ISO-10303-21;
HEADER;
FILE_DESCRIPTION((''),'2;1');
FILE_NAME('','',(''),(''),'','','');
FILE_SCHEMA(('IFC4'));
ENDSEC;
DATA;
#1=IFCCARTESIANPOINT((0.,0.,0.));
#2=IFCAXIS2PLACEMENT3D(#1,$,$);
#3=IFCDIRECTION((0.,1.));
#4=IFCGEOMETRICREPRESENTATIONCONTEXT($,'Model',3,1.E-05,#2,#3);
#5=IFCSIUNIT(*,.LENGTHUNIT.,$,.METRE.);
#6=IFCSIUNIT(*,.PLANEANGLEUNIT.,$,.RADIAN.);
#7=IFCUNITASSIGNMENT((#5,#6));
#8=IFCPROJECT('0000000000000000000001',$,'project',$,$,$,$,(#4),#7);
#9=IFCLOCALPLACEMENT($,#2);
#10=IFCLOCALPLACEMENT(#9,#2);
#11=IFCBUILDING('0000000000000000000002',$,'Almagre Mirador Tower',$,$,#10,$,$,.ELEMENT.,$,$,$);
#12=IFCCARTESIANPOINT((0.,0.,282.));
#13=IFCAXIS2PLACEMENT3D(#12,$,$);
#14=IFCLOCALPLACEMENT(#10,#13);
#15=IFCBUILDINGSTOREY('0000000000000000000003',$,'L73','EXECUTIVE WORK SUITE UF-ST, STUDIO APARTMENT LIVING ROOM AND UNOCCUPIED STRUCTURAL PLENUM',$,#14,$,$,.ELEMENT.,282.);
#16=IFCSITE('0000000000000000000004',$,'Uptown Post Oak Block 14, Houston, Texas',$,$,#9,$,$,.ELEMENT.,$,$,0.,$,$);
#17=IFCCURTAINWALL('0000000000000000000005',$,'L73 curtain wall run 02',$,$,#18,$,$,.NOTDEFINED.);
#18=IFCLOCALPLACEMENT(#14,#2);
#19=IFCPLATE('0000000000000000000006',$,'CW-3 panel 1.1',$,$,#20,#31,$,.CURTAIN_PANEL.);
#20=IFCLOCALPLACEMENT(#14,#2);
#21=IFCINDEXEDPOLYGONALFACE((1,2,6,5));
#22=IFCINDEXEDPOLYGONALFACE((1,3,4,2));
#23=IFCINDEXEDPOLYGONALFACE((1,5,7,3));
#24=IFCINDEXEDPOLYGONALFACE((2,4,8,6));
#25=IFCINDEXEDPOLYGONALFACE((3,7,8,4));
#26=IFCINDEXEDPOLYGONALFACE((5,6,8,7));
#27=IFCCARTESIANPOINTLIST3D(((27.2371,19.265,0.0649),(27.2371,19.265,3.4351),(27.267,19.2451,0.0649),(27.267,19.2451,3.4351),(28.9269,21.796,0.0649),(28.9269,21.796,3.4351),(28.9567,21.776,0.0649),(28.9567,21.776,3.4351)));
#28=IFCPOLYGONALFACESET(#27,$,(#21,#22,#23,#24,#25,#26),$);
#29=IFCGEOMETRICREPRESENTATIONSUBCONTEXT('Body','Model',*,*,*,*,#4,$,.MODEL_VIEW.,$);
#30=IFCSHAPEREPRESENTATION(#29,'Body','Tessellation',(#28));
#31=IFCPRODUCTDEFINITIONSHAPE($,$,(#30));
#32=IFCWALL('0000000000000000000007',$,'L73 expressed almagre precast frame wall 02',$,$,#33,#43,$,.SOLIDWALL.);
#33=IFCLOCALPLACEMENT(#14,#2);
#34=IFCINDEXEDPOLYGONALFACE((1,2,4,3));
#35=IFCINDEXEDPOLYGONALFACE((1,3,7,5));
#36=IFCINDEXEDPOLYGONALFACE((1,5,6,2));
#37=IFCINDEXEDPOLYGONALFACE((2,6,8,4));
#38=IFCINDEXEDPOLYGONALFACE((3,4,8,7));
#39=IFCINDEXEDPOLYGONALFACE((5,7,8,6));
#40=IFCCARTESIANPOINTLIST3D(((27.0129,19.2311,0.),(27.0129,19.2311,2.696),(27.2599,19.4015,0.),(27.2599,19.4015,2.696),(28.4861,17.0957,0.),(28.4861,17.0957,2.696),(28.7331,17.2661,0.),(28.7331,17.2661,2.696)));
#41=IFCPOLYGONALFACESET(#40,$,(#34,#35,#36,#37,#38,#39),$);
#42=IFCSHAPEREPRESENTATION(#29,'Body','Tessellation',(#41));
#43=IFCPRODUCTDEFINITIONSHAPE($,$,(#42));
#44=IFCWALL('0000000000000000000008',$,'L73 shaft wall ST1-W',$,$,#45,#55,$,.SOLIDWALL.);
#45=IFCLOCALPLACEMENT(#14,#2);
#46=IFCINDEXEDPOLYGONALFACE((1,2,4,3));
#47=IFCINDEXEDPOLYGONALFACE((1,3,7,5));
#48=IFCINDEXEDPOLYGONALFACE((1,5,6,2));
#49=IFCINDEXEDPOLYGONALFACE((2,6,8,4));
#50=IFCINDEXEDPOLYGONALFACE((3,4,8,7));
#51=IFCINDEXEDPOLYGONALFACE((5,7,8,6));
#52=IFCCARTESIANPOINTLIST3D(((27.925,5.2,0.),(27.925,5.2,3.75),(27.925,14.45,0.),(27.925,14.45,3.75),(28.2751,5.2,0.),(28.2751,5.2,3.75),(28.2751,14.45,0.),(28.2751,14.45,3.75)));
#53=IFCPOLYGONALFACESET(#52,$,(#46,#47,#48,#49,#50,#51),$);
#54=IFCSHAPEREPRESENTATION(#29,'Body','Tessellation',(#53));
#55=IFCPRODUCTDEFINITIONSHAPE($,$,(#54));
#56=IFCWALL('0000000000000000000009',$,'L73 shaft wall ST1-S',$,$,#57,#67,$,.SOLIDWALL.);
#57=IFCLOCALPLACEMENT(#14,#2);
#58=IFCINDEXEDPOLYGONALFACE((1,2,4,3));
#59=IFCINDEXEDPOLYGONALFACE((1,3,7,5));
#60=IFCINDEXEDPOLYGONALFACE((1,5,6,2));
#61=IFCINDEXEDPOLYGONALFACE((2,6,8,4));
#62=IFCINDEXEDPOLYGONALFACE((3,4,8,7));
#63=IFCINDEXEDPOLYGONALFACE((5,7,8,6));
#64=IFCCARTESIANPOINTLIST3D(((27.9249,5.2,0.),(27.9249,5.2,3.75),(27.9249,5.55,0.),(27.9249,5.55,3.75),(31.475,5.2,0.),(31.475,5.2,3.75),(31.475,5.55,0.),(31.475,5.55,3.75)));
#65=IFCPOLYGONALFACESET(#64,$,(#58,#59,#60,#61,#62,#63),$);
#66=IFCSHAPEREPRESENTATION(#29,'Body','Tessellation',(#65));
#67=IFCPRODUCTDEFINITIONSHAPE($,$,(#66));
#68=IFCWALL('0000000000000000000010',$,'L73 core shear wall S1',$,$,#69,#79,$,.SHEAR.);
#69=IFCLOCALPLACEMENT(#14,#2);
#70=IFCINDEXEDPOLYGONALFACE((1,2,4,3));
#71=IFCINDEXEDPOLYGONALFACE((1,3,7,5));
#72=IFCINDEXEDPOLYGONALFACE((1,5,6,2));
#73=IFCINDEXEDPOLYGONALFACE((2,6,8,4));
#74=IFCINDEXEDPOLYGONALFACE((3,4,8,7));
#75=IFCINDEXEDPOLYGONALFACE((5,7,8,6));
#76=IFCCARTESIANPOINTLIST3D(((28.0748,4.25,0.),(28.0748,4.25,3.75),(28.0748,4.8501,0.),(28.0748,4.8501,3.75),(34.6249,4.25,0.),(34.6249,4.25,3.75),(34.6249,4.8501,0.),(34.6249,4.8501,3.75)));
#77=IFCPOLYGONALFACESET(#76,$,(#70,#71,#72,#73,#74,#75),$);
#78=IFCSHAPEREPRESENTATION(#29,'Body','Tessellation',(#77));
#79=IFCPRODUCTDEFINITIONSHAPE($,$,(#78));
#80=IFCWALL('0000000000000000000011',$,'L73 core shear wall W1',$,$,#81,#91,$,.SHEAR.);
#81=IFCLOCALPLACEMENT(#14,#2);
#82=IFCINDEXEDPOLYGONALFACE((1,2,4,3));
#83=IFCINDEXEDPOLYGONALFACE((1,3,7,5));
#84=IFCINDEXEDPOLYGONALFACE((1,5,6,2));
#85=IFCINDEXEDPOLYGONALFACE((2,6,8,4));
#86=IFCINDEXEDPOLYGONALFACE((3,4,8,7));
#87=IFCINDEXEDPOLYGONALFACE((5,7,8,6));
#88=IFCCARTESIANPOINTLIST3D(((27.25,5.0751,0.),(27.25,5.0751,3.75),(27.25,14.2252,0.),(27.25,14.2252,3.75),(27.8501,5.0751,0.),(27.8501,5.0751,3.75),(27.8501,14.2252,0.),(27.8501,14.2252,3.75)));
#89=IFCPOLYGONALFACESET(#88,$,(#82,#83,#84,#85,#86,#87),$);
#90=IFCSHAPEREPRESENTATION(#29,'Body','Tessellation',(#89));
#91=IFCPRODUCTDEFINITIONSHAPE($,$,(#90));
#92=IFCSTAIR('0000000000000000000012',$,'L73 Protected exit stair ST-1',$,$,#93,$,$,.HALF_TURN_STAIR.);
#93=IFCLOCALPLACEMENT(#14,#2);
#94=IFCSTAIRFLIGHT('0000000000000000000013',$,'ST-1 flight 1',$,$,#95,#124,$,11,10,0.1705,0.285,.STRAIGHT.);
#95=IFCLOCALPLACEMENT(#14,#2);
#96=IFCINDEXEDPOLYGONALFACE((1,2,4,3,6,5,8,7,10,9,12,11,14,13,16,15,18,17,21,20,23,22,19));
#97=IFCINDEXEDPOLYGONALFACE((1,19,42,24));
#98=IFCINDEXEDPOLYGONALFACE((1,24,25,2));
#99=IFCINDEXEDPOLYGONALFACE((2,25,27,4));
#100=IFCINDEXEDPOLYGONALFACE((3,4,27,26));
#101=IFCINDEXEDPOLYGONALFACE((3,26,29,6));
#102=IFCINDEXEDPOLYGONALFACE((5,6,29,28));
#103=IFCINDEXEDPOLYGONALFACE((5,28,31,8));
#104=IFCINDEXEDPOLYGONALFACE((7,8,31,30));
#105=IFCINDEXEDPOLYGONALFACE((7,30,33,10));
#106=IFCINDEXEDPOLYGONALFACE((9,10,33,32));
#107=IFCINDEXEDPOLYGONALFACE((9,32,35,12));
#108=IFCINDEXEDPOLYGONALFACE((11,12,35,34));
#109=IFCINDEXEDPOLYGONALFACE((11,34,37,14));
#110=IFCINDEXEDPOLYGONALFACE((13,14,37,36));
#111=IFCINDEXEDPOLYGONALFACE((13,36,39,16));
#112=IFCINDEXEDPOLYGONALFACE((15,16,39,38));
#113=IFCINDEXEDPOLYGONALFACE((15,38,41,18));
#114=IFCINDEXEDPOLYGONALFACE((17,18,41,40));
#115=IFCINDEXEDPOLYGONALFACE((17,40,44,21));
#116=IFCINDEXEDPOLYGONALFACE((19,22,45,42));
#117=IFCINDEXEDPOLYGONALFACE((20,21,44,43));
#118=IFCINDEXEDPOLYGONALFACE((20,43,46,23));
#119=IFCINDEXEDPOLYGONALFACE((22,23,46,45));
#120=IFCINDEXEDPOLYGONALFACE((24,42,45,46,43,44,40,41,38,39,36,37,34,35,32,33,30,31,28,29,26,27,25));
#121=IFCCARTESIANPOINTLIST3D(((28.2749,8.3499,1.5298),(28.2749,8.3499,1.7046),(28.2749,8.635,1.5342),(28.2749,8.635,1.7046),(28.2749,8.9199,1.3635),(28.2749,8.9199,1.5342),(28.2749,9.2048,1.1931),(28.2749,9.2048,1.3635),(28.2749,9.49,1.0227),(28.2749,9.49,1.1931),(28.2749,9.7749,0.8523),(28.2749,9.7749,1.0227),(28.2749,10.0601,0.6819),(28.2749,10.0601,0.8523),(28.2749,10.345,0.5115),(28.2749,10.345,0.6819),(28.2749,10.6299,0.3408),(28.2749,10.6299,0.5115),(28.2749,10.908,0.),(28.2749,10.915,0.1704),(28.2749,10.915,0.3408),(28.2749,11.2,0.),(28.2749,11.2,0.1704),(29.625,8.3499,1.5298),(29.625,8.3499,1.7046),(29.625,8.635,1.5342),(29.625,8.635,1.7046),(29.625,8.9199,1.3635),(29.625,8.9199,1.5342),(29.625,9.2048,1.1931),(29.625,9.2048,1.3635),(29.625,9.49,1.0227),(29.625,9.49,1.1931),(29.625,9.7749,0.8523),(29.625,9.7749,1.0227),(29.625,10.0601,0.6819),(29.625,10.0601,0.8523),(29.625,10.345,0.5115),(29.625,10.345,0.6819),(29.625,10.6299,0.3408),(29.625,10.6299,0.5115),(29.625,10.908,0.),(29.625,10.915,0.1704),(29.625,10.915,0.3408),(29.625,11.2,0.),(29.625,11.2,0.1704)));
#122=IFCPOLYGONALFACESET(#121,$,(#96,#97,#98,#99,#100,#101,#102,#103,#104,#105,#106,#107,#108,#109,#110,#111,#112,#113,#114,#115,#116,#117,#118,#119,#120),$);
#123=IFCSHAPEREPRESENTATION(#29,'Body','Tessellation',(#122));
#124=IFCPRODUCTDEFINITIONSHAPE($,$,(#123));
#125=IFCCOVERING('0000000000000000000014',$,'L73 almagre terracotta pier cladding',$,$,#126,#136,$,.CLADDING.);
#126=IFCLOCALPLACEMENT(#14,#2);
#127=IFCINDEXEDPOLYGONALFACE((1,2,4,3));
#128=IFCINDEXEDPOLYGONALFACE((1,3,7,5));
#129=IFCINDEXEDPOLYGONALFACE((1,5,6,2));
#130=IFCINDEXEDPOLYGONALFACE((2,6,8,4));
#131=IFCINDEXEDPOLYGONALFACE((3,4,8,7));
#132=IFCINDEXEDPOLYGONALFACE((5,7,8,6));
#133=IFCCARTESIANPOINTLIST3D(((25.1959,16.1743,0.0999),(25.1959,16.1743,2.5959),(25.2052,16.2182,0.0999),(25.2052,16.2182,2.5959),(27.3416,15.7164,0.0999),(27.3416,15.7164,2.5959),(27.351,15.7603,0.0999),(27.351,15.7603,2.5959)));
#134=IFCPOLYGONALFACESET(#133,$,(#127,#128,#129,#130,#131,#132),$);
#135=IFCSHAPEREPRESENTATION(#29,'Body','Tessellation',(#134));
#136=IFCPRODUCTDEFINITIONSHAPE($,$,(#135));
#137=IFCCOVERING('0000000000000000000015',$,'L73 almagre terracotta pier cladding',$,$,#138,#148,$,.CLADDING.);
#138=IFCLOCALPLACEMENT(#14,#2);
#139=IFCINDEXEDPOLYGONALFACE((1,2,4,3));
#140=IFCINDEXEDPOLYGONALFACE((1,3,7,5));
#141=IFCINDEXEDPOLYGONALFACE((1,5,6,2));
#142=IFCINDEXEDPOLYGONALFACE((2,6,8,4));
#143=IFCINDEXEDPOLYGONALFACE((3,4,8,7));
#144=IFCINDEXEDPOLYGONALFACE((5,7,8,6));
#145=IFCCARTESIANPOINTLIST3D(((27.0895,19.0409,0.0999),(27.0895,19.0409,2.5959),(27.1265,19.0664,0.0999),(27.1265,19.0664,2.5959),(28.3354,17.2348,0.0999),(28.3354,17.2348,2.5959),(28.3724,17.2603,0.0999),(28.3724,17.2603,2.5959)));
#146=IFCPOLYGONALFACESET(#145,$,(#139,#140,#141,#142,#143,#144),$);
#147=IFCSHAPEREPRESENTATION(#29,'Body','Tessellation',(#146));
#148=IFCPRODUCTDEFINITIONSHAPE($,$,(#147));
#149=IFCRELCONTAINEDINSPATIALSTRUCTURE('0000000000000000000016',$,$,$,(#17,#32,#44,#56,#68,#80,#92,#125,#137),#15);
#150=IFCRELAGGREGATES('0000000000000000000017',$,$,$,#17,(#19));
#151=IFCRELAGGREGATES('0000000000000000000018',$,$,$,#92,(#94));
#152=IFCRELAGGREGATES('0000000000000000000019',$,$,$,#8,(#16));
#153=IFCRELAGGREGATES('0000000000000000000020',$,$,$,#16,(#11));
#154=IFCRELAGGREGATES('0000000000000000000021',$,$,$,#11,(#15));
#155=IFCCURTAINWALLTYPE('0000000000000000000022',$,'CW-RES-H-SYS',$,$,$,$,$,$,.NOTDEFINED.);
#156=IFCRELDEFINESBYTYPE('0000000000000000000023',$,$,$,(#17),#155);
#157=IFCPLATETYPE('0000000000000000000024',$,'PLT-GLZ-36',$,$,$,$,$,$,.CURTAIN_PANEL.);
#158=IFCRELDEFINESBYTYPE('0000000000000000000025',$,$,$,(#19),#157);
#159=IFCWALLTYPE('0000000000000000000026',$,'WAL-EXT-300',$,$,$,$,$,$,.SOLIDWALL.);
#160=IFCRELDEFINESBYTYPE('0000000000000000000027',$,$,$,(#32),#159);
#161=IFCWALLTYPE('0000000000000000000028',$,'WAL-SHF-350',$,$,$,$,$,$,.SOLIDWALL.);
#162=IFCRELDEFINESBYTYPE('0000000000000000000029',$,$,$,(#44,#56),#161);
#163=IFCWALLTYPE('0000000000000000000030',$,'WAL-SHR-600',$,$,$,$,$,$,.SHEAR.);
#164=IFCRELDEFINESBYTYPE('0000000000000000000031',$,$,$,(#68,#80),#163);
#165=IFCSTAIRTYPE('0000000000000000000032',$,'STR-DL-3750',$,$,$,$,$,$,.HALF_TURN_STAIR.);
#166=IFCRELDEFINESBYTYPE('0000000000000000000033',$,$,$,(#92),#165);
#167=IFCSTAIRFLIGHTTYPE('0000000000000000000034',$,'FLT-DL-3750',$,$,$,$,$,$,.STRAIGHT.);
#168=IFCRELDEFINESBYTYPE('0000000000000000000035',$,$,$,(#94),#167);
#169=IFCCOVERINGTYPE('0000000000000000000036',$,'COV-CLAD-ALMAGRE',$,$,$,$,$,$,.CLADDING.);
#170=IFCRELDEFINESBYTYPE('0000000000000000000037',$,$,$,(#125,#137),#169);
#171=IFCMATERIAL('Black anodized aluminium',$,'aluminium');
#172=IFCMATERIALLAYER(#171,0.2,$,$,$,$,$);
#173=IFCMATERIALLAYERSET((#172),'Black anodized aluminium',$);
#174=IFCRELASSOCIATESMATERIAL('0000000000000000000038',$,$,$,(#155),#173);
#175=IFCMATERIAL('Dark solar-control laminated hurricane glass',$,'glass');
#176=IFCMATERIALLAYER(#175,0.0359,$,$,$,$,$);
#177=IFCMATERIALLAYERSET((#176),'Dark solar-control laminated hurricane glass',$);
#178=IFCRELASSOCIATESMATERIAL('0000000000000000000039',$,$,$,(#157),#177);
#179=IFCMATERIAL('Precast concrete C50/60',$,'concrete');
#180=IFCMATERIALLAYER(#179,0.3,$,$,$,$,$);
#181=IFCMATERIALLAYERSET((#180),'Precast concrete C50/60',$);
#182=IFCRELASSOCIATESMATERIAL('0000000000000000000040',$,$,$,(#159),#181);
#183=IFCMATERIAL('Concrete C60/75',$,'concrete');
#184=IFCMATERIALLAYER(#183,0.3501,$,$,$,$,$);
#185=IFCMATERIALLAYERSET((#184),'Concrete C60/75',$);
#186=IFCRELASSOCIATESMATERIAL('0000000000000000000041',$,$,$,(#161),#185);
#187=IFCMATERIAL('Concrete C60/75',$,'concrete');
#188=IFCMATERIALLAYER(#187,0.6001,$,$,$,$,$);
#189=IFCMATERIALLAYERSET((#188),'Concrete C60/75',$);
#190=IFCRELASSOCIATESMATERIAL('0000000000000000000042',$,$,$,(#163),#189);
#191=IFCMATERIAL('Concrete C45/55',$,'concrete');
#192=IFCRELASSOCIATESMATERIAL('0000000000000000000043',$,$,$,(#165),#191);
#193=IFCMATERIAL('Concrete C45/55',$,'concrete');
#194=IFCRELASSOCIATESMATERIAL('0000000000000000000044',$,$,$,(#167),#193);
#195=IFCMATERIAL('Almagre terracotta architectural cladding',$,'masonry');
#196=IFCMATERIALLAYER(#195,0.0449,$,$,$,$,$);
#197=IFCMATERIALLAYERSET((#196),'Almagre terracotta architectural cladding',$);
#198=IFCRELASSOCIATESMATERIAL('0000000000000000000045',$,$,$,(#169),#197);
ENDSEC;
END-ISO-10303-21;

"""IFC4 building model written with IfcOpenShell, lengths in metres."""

from ifc_helpers import new_model, si_unit, direction, frame, frame_2d, origin, origin_2d, place, context, subcontext, project, spatial, polyline, rectangle, outline, extrude, material, layer, layer_set, type_object, element, aggregate, save


model = new_model("IFC4")

# Units and contexts
model_context = context("Model", 3, precision=1e-05, world=origin(), true_north=direction((0.0, 1.0)))
body_context = subcontext(model_context, "Body", "Model", "MODEL_VIEW")
ifc_project = project(units=[si_unit("LENGTHUNIT", "METRE"), si_unit("PLANEANGLEUNIT", "RADIAN")], contexts=[model_context])

# Site, building, storey
site_placement = place(None, origin())
site = spatial("IfcSite", under=ifc_project, at=site_placement, Name="Uptown Post Oak Block 14, Houston, Texas", CompositionType="ELEMENT", RefElevation=0.0)
building_placement = place(site_placement, origin())
building = spatial("IfcBuilding", under=site, at=building_placement, Name="Almagre Mirador Tower", CompositionType="ELEMENT")
storey_placement = place(building_placement, frame((0.0, 0.0, 282.0)))
storey = spatial("IfcBuildingStorey", under=building, at=storey_placement, Name="L73", Description="EXECUTIVE WORK SUITE UF-ST, STUDIO APARTMENT LIVING ROOM AND UNOCCUPIED STRUCTURAL PLENUM", CompositionType="ELEMENT", Elevation=282.0)

# Curtain wall
ifc_material_1 = material(Name="Black anodized aluminium", Category="aluminium")
ifc_layer_1 = layer(ifc_material_1, 0.2)
ifc_layer_set_1 = layer_set([ifc_layer_1], Name="Black anodized aluminium")
curtain_wall_type_1 = type_object("IfcCurtainWallType", Name="CW-RES-H-SYS", PredefinedType="NOTDEFINED", material=ifc_layer_set_1)
curtain_wall_1_placement = place(storey_placement, origin())
curtain_wall_1 = element("IfcCurtainWall", 1, at=curtain_wall_1_placement, inside=storey, type_object=curtain_wall_type_1, Name="L73 curtain wall run 02", PredefinedType="NOTDEFINED")

# Plate
ifc_material_2 = material(Name="Dark solar-control laminated hurricane glass", Category="glass")
ifc_layer_2 = layer(ifc_material_2, 0.0359)
ifc_layer_set_2 = layer_set([ifc_layer_2], Name="Dark solar-control laminated hurricane glass")
plate_type_1 = type_object("IfcPlateType", Name="PLT-GLZ-36", PredefinedType="CURTAIN_PANEL", material=ifc_layer_set_2)
plate_1_placement = place(storey_placement, frame((28.0969, 20.5205, 0.0649), z_axis=(0.0, 0.0, 1.0), x_axis=(0.555255, 0.83168, 0.0)))
plate_1 = element("IfcPlate", 2, at=plate_1_placement, type_object=plate_type_1, Name="CW-3 panel 1.1", PredefinedType="CURTAIN_PANEL", context=body_context, shape_type="SweptSolid", body=[
    extrude(rectangle(XDim=3.0432, YDim=0.0359, at=origin_2d()), origin(), (0.0, 0.0, 1.0), 3.3701),
])
aggregate(curtain_wall_1, [plate_1])

# Walls
ifc_material_3 = material(Name="Precast concrete C50/60", Category="concrete")
ifc_layer_3 = layer(ifc_material_3, 0.3)
ifc_layer_set_3 = layer_set([ifc_layer_3], Name="Precast concrete C50/60")
wall_type_1 = type_object("IfcWallType", Name="WAL-EXT-300", PredefinedType="SOLIDWALL", material=ifc_layer_set_3)
wall_1_placement = place(storey_placement, frame((28.6096, 17.1809, 0.0), z_axis=(0.0, 0.0, 1.0), x_axis=(-0.567878, 0.823113, 0.0)))
element("IfcWall", 3, at=wall_1_placement, inside=storey, type_object=wall_type_1, Name="L73 expressed almagre precast frame wall 02", PredefinedType="SOLIDWALL", context=body_context, shape_type="SweptSolid", body=[
    extrude(rectangle(XDim=2.5942, YDim=0.3, at=frame_2d((1.2971, 0.0))), origin(), (0.0, 0.0, 1.0), 2.696),
])
ifc_material_4 = material(Name="Concrete C60/75", Category="concrete")
ifc_layer_4 = layer(ifc_material_4, 0.3501)
ifc_layer_set_4 = layer_set([ifc_layer_4], Name="Concrete C60/75")
wall_type_2 = type_object("IfcWallType", Name="WAL-SHF-350", PredefinedType="SOLIDWALL", material=ifc_layer_set_4)
wall_2_placement = place(storey_placement, frame((28.1001, 5.2, 0.0), z_axis=(0.0, 0.0, 1.0), x_axis=(0.0, 1.0, 0.0)))
element("IfcWall", 4, at=wall_2_placement, inside=storey, type_object=wall_type_2, Name="L73 shaft wall ST1-W", PredefinedType="SOLIDWALL", context=body_context, shape_type="SweptSolid", body=[
    extrude(rectangle(XDim=9.25, YDim=0.3501, at=frame_2d((4.625, 0.0))), origin(), (0.0, 0.0, 1.0), 3.75),
])
wall_3_placement = place(storey_placement, frame((27.925, 5.375, 0.0), z_axis=(0.0, 0.0, 1.0), x_axis=(1.0, 0.0, 0.0)))
element("IfcWall", 5, at=wall_3_placement, inside=storey, type_object=wall_type_2, Name="L73 shaft wall ST1-S", PredefinedType="SOLIDWALL", context=body_context, shape_type="SweptSolid", body=[
    extrude(rectangle(XDim=3.55, YDim=0.3501, at=frame_2d((1.7749, 0.0))), origin(), (0.0, 0.0, 1.0), 3.75),
])
ifc_material_5 = material(Name="Concrete C60/75", Category="concrete")
ifc_layer_5 = layer(ifc_material_5, 0.6001)
ifc_layer_set_5 = layer_set([ifc_layer_5], Name="Concrete C60/75")
wall_type_3 = type_object("IfcWallType", Name="WAL-SHR-600", PredefinedType="SHEAR", material=ifc_layer_set_5)
wall_4_placement = place(storey_placement, frame((28.075, 4.55, 0.0), z_axis=(0.0, 0.0, 1.0), x_axis=(1.0, 0.0, 0.0)))
element("IfcWall", 6, at=wall_4_placement, inside=storey, type_object=wall_type_3, Name="L73 core shear wall S1", PredefinedType="SHEAR", context=body_context, shape_type="SweptSolid", body=[
    extrude(rectangle(XDim=6.55, YDim=0.6001, at=frame_2d((3.2749, 0.0))), origin(), (0.0, 0.0, 1.0), 3.75),
])

# Wall
wall_5_placement = place(storey_placement, frame((27.55, 5.075, 0.0), z_axis=(0.0, 0.0, 1.0), x_axis=(0.0, 1.0, 0.0)))
element("IfcWall", 7, at=wall_5_placement, inside=storey, type_object=wall_type_3, Name="L73 core shear wall W1", PredefinedType="SHEAR", context=body_context, shape_type="SweptSolid", body=[
    extrude(rectangle(XDim=9.1501, YDim=0.6001, at=frame_2d((4.5752, 0.0))), origin(), (0.0, 0.0, 1.0), 3.75),
])

# Stair, stair flight
ifc_material_6 = material(Name="Concrete C45/55", Category="concrete")
stair_type = type_object("IfcStairType", Name="STR-DL-3750", PredefinedType="HALF_TURN_STAIR", material=ifc_material_6)
stair_placement = place(storey_placement, origin())
stair = element("IfcStair", 8, at=stair_placement, inside=storey, type_object=stair_type, Name="L73 Protected exit stair ST-1", PredefinedType="HALF_TURN_STAIR")
ifc_material_7 = material(Name="Concrete C45/55", Category="concrete")
stair_flight_type = type_object("IfcStairFlightType", Name="FLT-DL-3750", PredefinedType="STRAIGHT", material=ifc_material_7)
stair_flight_placement = place(storey_placement, frame((28.95, 11.2, 0.0), z_axis=(0.0, 0.0, 1.0), x_axis=(0.0, -1.0, 0.0)))
stair_flight = element("IfcStairFlight", 9, at=stair_flight_placement, type_object=stair_flight_type, Name="ST-1 flight 1", NumberOfRisers=11, NumberOfTreads=10, PredefinedType="STRAIGHT", RiserHeight=0.1705, TreadLength=0.285, context=body_context, shape_type="SweptSolid", body=[
    extrude(outline(polyline([(0.0, 0.0), (0.0, 0.1704), (0.2849, 0.1704), (0.2849, 0.3408), (0.5701, 0.3408), (0.5701, 0.5115), (0.855, 0.5115), (0.855, 0.6819), (1.1399, 0.6819), (1.1399, 0.8523), (1.425, 0.8523), (1.425, 1.0227), (1.71, 1.0227), (1.71, 1.1931), (1.9951, 1.1931), (1.9951, 1.3635), (2.28, 1.3635), (2.28, 1.5342), (2.5649, 1.5342), (2.5649, 1.7046), (2.8501, 1.7046), (2.8501, 1.875), (2.8501, 1.5298), (0.292, 0.0), (0.0, 0.0)])), frame((0.0, 0.675, 0.0), z_axis=(0.0, -1.0, 0.0), x_axis=(1.0, 0.0, 0.0)), (0.0, 0.0, 1.0), 1.3501),
])
aggregate(stair, [stair_flight])

# Coverings
ifc_material_8 = material(Name="Almagre terracotta architectural cladding", Category="masonry")
ifc_layer_6 = layer(ifc_material_8, 0.0449)
ifc_layer_set_6 = layer_set([ifc_layer_6], Name="Almagre terracotta architectural cladding")
covering_type = type_object("IfcCoveringType", Name="COV-CLAD-ALMAGRE", PredefinedType="CLADDING", material=ifc_layer_set_6)
for number, where, z_axis, x_axis, name in (
    (10, (26.2734, 15.9673, 0.0999), (0.0, 0.0, 1.0), (0.977977, -0.208714, 0.0), "L73 almagre terracotta pier cladding"),
    (11, (27.731, 18.1506, 0.0999), (0.0, 0.0, 1.0), (-0.567815, 0.823156, 0.0), "L73 almagre terracotta pier cladding"),
):
    element("IfcCovering", number, at=place(storey_placement, frame(where, z_axis=z_axis, x_axis=x_axis)), inside=storey, type_object=covering_type, Name=name, PredefinedType="CLADDING", context=body_context, shape_type="SweptSolid", body=[
        extrude(rectangle(XDim=2.1941, YDim=0.0449, at=origin_2d()), origin(), (0.0, 0.0, 1.0), 2.4961),
    ])

save(model, "model.ifc")
